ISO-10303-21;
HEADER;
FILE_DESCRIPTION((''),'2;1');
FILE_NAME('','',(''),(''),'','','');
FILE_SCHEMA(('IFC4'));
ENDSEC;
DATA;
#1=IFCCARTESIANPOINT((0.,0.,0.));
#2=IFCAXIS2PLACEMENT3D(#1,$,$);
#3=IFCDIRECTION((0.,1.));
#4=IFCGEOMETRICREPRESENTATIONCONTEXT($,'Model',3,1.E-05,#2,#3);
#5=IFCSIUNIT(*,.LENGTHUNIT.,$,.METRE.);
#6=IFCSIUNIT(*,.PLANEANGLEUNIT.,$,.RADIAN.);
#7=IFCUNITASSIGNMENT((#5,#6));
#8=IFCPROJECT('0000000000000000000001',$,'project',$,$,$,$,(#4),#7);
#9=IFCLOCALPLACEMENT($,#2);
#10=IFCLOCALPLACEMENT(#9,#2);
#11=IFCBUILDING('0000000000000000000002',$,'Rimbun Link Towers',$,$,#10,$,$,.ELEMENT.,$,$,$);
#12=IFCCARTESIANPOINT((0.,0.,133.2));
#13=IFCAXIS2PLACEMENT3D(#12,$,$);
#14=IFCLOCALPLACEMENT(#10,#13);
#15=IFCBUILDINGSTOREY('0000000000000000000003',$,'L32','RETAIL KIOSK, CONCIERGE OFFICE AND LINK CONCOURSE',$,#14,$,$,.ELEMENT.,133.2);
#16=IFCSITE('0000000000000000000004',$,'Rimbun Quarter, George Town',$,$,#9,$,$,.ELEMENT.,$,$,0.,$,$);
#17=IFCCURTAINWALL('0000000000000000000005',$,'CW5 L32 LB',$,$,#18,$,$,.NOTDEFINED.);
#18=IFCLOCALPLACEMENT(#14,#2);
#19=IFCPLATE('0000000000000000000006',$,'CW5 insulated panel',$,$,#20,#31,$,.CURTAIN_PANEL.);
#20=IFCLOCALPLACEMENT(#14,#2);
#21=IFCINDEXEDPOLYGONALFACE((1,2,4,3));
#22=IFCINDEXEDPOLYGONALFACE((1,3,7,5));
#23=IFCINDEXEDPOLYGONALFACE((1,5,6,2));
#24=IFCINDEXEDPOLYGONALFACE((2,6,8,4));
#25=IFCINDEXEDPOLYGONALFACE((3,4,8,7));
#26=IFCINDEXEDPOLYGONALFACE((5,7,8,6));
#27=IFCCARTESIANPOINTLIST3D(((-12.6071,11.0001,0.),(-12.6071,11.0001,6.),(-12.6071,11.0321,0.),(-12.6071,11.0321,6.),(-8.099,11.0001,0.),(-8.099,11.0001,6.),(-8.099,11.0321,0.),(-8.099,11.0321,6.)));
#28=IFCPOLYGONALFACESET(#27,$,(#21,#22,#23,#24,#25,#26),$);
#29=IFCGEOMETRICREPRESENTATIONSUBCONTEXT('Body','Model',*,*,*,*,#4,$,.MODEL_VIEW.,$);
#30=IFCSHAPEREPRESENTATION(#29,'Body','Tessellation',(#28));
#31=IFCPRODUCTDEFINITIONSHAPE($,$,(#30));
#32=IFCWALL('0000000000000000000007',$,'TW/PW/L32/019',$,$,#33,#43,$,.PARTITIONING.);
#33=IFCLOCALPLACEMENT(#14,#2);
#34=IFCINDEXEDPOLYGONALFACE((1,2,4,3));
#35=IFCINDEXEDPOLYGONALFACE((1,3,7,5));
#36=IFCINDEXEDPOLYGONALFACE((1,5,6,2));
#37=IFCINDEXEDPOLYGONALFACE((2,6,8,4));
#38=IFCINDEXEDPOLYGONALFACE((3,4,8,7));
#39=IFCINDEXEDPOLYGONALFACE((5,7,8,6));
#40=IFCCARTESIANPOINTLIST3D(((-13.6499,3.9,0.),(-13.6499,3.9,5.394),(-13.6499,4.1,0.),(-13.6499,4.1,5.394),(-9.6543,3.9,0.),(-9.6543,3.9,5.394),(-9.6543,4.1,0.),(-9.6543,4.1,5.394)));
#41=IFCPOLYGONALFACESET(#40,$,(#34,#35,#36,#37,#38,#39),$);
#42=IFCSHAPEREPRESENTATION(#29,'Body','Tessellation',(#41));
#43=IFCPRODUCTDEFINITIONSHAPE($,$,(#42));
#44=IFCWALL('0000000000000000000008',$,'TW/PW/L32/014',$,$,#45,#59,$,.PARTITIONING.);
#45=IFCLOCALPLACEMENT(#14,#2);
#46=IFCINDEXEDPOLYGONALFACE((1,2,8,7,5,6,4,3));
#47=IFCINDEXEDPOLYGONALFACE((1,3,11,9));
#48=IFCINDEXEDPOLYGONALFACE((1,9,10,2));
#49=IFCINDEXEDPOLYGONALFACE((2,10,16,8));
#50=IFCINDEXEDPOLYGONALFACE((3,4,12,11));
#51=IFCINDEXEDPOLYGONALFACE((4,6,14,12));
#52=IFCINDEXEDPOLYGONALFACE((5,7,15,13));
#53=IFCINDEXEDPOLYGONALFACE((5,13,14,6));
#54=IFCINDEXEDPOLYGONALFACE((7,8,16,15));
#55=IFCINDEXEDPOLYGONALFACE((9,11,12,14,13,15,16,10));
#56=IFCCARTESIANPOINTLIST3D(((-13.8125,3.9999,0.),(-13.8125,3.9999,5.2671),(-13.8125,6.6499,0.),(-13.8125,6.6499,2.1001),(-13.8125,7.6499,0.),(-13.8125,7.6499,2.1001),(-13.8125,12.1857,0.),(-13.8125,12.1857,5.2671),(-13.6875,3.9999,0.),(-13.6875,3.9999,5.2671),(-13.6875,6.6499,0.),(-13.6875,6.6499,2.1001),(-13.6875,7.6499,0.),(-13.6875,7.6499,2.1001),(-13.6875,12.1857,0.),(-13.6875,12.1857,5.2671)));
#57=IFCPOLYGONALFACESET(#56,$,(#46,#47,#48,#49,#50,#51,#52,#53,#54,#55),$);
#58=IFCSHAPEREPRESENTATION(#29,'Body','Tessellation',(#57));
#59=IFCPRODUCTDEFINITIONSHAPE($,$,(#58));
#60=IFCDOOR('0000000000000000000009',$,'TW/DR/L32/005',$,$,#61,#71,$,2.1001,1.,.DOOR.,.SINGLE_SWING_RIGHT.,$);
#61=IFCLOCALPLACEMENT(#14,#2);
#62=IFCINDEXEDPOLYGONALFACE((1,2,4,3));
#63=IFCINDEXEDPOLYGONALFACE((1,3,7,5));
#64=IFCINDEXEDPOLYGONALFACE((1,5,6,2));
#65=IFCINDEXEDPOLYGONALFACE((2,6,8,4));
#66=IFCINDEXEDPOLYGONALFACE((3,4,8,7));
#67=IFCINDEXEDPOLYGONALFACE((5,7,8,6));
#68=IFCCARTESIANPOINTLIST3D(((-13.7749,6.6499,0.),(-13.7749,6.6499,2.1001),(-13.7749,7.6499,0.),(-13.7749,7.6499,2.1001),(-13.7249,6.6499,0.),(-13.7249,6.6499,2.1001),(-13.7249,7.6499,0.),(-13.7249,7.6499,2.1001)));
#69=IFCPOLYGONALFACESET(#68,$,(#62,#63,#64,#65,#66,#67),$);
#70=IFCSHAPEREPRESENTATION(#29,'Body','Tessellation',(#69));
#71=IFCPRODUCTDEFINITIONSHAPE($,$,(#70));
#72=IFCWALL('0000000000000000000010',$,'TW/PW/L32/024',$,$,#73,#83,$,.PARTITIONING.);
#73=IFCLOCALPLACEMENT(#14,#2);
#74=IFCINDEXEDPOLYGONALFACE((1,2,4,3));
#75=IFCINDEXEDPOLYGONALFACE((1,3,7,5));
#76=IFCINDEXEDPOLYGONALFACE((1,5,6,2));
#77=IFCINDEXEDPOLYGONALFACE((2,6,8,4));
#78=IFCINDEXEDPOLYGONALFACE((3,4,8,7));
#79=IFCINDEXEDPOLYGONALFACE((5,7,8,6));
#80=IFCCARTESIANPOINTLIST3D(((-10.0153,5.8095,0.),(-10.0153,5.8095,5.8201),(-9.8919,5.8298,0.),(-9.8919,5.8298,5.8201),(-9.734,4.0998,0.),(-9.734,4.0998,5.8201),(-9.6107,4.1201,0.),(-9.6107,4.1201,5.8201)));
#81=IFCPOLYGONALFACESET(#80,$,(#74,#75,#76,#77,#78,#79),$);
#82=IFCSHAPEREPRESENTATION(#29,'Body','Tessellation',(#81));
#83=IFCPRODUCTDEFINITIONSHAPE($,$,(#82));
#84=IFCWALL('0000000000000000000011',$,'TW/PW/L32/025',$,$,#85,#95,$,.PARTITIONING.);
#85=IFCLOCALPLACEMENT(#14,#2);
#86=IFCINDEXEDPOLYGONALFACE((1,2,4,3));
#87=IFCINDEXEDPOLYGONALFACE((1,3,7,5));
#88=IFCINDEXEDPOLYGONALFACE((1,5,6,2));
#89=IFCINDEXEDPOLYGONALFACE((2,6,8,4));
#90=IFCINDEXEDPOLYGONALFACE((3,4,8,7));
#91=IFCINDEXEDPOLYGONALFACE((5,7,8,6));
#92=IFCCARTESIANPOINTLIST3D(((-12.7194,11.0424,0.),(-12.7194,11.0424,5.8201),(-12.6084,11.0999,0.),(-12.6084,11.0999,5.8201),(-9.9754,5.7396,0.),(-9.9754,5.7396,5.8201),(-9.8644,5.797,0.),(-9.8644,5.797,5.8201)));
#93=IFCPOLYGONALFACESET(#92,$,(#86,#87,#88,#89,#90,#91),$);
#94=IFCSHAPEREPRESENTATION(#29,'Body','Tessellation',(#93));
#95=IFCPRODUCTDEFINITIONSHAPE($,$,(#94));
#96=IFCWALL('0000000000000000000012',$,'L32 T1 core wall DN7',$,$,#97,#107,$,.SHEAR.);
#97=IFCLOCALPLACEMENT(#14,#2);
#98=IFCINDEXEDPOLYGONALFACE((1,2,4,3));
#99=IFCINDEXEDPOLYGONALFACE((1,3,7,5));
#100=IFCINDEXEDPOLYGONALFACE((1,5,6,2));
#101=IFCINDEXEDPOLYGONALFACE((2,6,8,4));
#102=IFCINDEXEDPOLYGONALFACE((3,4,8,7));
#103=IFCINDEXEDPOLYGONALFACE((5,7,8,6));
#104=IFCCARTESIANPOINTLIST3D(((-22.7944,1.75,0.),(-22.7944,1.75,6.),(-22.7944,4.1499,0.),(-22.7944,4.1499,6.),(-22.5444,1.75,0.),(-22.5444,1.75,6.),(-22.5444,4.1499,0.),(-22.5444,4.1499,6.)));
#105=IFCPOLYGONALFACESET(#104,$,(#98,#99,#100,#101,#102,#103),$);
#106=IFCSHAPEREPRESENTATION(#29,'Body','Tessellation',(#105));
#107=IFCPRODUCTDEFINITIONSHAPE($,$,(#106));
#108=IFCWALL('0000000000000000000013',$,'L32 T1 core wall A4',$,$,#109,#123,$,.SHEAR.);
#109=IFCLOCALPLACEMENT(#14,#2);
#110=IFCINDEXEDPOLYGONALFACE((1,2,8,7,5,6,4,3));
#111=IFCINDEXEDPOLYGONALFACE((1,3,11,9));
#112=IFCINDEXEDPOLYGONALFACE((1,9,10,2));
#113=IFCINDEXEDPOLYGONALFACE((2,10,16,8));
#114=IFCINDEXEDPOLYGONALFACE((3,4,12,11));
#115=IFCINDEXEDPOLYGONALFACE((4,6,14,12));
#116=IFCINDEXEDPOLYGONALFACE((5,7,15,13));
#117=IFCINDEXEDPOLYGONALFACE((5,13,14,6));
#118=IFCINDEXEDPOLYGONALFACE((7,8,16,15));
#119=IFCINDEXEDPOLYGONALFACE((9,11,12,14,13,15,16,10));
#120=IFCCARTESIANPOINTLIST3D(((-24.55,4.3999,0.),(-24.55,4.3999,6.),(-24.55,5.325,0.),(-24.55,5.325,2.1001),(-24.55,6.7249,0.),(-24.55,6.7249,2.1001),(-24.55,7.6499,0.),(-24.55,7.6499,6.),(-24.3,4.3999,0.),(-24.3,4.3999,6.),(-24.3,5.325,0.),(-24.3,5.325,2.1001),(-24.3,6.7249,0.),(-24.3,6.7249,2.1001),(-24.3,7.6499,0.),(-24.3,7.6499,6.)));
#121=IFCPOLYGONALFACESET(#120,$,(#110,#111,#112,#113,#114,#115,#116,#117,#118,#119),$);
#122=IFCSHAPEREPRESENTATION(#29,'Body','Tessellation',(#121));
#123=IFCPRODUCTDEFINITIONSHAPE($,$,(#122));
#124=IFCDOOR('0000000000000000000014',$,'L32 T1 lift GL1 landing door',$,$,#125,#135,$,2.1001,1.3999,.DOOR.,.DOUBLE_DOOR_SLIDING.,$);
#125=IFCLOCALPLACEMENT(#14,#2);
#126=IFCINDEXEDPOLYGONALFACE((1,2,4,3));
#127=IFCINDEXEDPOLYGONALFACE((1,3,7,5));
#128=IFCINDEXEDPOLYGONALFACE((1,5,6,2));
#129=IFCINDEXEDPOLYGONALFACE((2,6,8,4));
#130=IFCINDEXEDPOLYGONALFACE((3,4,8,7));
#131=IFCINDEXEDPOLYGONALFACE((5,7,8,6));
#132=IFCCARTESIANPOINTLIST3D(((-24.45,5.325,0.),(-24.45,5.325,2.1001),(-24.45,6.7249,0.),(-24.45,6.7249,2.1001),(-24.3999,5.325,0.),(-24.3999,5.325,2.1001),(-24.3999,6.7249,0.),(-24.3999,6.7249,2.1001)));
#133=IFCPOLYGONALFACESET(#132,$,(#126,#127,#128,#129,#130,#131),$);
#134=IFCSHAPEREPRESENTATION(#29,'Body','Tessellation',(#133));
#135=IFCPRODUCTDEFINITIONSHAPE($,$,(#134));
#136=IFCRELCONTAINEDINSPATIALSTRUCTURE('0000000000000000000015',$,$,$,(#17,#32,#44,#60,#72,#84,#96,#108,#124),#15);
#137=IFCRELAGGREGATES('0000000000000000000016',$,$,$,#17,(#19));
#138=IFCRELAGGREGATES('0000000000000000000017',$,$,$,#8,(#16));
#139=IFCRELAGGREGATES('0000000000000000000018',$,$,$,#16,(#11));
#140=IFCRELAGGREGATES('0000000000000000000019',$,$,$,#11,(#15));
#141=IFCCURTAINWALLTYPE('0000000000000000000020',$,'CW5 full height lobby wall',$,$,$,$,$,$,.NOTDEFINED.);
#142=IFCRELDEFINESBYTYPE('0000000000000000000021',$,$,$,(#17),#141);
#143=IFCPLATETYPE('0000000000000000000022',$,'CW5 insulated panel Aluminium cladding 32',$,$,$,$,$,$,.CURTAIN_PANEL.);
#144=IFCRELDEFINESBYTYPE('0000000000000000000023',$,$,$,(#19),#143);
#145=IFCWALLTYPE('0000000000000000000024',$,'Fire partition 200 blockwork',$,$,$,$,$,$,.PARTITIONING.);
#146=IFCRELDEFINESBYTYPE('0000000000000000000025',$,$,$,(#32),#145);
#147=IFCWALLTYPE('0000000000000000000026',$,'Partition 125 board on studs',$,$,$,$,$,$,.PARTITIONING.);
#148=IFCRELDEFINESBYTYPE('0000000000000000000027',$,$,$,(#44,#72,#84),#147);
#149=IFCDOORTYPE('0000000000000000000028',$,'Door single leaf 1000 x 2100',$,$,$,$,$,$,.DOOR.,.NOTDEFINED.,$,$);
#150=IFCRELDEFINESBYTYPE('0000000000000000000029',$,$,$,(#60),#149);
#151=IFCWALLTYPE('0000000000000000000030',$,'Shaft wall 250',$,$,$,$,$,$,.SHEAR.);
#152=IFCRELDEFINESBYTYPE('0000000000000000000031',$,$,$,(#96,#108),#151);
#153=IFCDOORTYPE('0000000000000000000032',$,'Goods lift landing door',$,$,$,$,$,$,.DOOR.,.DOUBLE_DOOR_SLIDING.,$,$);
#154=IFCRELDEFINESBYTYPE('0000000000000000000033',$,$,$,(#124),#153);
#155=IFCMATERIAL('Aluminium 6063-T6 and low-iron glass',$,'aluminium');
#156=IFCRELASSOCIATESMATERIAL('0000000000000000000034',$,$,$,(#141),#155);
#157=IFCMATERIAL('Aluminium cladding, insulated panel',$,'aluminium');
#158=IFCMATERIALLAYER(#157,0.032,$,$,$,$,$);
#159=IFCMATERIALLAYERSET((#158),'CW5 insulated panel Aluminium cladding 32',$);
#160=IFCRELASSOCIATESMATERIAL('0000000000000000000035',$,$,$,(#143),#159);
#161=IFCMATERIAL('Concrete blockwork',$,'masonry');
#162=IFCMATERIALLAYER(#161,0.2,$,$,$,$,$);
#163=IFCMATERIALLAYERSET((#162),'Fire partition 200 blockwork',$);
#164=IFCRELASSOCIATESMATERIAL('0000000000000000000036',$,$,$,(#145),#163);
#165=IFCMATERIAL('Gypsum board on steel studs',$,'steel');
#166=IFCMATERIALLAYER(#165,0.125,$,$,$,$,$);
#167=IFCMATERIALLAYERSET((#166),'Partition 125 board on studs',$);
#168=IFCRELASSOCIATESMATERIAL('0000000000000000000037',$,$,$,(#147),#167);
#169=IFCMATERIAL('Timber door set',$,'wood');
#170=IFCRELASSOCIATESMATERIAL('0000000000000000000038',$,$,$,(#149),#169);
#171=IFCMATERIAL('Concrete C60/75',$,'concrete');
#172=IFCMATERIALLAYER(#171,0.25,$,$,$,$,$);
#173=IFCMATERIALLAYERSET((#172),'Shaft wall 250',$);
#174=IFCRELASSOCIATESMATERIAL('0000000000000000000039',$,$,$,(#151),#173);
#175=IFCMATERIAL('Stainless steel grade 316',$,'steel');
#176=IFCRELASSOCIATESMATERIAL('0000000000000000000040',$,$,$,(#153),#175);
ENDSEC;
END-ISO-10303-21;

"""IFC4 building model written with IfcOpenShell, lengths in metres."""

from ifc_helpers import new_model, si_unit, direction, frame, frame_2d, origin, origin_2d, place, context, subcontext, project, spatial, rectangle, extrude, material, layer, layer_set, type_object, element, fill, aggregate, save


model = new_model("IFC4")

# Units and contexts
model_context = context("Model", 3, precision=1e-05, world=origin(), true_north=direction((0.0, 1.0)))
body_context = subcontext(model_context, "Body", "Model", "MODEL_VIEW")
ifc_project = project(units=[si_unit("LENGTHUNIT", "METRE"), si_unit("PLANEANGLEUNIT", "RADIAN")], contexts=[model_context])

# Site, building, storey
site_placement = place(None, origin())
site = spatial("IfcSite", under=ifc_project, at=site_placement, Name="Rimbun Quarter, George Town", CompositionType="ELEMENT", RefElevation=0.0)
building_placement = place(site_placement, origin())
building = spatial("IfcBuilding", under=site, at=building_placement, Name="Rimbun Link Towers", CompositionType="ELEMENT")
storey_placement = place(building_placement, frame((0.0, 0.0, 133.2)))
storey = spatial("IfcBuildingStorey", under=building, at=storey_placement, Name="L32", Description="RETAIL KIOSK, CONCIERGE OFFICE AND LINK CONCOURSE", CompositionType="ELEMENT", Elevation=133.2)

# Curtain wall
ifc_material_1 = material(Name="Aluminium 6063-T6 and low-iron glass", Category="aluminium")
curtain_wall_type = type_object("IfcCurtainWallType", Name="CW5 full height lobby wall", PredefinedType="NOTDEFINED", material=ifc_material_1)
curtain_wall_placement = place(storey_placement, origin())
curtain_wall = element("IfcCurtainWall", 1, at=curtain_wall_placement, inside=storey, type_object=curtain_wall_type, Name="CW5 L32 LB", PredefinedType="NOTDEFINED")

# Plate
ifc_material_2 = material(Name="Aluminium cladding, insulated panel", Category="aluminium")
ifc_layer_1 = layer(ifc_material_2, 0.032)
ifc_layer_set_1 = layer_set([ifc_layer_1], Name="CW5 insulated panel Aluminium cladding 32")
plate_type = type_object("IfcPlateType", Name="CW5 insulated panel Aluminium cladding 32", PredefinedType="CURTAIN_PANEL", material=ifc_layer_set_1)
plate_placement = place(storey_placement, frame((-10.353, 11.0161, 0.0), z_axis=(0.0, 0.0, 1.0), x_axis=(1.0, 0.0, 0.0)))
plate = element("IfcPlate", 2, at=plate_placement, type_object=plate_type, Name="CW5 insulated panel", PredefinedType="CURTAIN_PANEL", context=body_context, shape_type="SweptSolid", body=[
    extrude(rectangle(XDim=4.5081, YDim=0.032, at=origin_2d()), origin(), (0.0, 0.0, 1.0), 6.0),
])
aggregate(curtain_wall, [plate])

# Wall
ifc_material_3 = material(Name="Concrete blockwork", Category="masonry")
ifc_layer_2 = layer(ifc_material_3, 0.2)
ifc_layer_set_2 = layer_set([ifc_layer_2], Name="Fire partition 200 blockwork")
wall_type_1 = type_object("IfcWallType", Name="Fire partition 200 blockwork", PredefinedType="PARTITIONING", material=ifc_layer_set_2)
wall_1_placement = place(storey_placement, frame((-9.6543, 4.0, 0.0), z_axis=(0.0, 0.0, 1.0), x_axis=(-1.0, 0.0, 0.0)))
element("IfcWall", 3, at=wall_1_placement, inside=storey, type_object=wall_type_1, Name="TW/PW/L32/019", PredefinedType="PARTITIONING", context=body_context, shape_type="SweptSolid", body=[
    extrude(rectangle(XDim=3.9956, YDim=0.2, at=frame_2d((1.9978, 0.0))), origin(), (0.0, 0.0, 1.0), 5.394),
])

# Wall, opening, door
ifc_material_4 = material(Name="Gypsum board on steel studs", Category="steel")
ifc_layer_3 = layer(ifc_material_4, 0.125)
ifc_layer_set_3 = layer_set([ifc_layer_3], Name="Partition 125 board on studs")
wall_type_2 = type_object("IfcWallType", Name="Partition 125 board on studs", PredefinedType="PARTITIONING", material=ifc_layer_set_3)
wall_2_placement = place(storey_placement, frame((-13.75, 4.0, 0.0), z_axis=(0.0, 0.0, 1.0), x_axis=(0.0, 1.0, 0.0)))
wall_2 = element("IfcWall", 4, at=wall_2_placement, inside=storey, type_object=wall_type_2, Name="TW/PW/L32/014", PredefinedType="PARTITIONING", context=body_context, shape_type="SweptSolid", body=[
    extrude(rectangle(XDim=8.1858, YDim=0.125, at=frame_2d((4.0928, 0.0))), origin(), (0.0, 0.0, 1.0), 5.2671),
])
opening_1_placement = place(wall_2_placement, frame((2.6499, 0.0, 0.0)))
opening_1 = element("IfcOpeningElement", 5, at=opening_1_placement, cuts=wall_2, PredefinedType="OPENING", context=body_context, shape_type="SweptSolid", body=[
    extrude(rectangle(XDim=1.0, YDim=2.1001, at=frame_2d((0.5, 1.05))), frame((0.0, 0.0725, 0.0), z_axis=(0.0, -1.0, 0.0), x_axis=(1.0, 0.0, 0.0)), (0.0, 0.0, 1.0), 0.145),
])
ifc_material_5 = material(Name="Timber door set", Category="wood")
door_type_1 = type_object("IfcDoorType", Name="Door single leaf 1000 x 2100", OperationType="NOTDEFINED", PredefinedType="DOOR", material=ifc_material_5)
door_1_placement = place(opening_1_placement, origin())
door_1 = element("IfcDoor", 6, at=door_1_placement, inside=storey, type_object=door_type_1, Name="TW/DR/L32/005", OperationType="SINGLE_SWING_RIGHT", OverallHeight=2.1001, OverallWidth=1.0, PredefinedType="DOOR", context=body_context, shape_type="SweptSolid", body=[
    extrude(rectangle(XDim=1.0, YDim=2.1001, at=frame_2d((0.5, 1.05))), frame((0.0, 0.0249, 0.0), z_axis=(0.0, -1.0, 0.0), x_axis=(1.0, 0.0, 0.0)), (0.0, 0.0, 1.0), 0.05),
])
fill(opening_1, door_1)

# Walls
wall_3_placement = place(storey_placement, frame((-9.6724, 4.1101, 0.0), z_axis=(0.0, 0.0, 1.0), x_axis=(-0.162319, 0.986738, 0.0)))
element("IfcWall", 7, at=wall_3_placement, inside=storey, type_object=wall_type_2, Name="TW/PW/L32/024", PredefinedType="PARTITIONING", context=body_context, shape_type="SweptSolid", body=[
    extrude(rectangle(XDim=1.7327, YDim=0.125, at=frame_2d((0.8662, 0.0))), origin(), (0.0, 0.0, 1.0), 5.8201),
])
wall_4_placement = place(storey_placement, frame((-9.9199, 5.7683, 0.0), z_axis=(0.0, 0.0, 1.0), x_axis=(-0.459569, 0.888142, 0.0)))
element("IfcWall", 8, at=wall_4_placement, inside=storey, type_object=wall_type_2, Name="TW/PW/L32/025", PredefinedType="PARTITIONING", context=body_context, shape_type="SweptSolid", body=[
    extrude(rectangle(XDim=5.9707, YDim=0.125, at=frame_2d((2.9854, 0.0))), origin(), (0.0, 0.0, 1.0), 5.8201),
])
ifc_material_6 = material(Name="Concrete C60/75", Category="concrete")
ifc_layer_4 = layer(ifc_material_6, 0.25)
ifc_layer_set_4 = layer_set([ifc_layer_4], Name="Shaft wall 250")
wall_type_3 = type_object("IfcWallType", Name="Shaft wall 250", PredefinedType="SHEAR", material=ifc_layer_set_4)
wall_5_placement = place(storey_placement, frame((-22.6694, 1.75, 0.0), z_axis=(0.0, 0.0, 1.0), x_axis=(0.0, 1.0, 0.0)))
element("IfcWall", 9, at=wall_5_placement, inside=storey, type_object=wall_type_3, Name="L32 T1 core wall DN7", PredefinedType="SHEAR", context=body_context, shape_type="SweptSolid", body=[
    extrude(rectangle(XDim=2.3999, YDim=0.25, at=frame_2d((1.2, 0.0))), origin(), (0.0, 0.0, 1.0), 6.0),
])

# Wall, opening, door
wall_6_placement = place(storey_placement, frame((-24.425, 4.3999, 0.0), z_axis=(0.0, 0.0, 1.0), x_axis=(0.0, 1.0, 0.0)))
wall_6 = element("IfcWall", 10, at=wall_6_placement, inside=storey, type_object=wall_type_3, Name="L32 T1 core wall A4", PredefinedType="SHEAR", context=body_context, shape_type="SweptSolid", body=[
    extrude(rectangle(XDim=3.25, YDim=0.25, at=frame_2d((1.625, 0.0))), origin(), (0.0, 0.0, 1.0), 6.0),
])
opening_2_placement = place(wall_6_placement, frame((0.925, 0.0, 0.0)))
opening_2 = element("IfcOpeningElement", 11, at=opening_2_placement, cuts=wall_6, PredefinedType="OPENING", context=body_context, shape_type="SweptSolid", body=[
    extrude(rectangle(XDim=1.3999, YDim=2.1001, at=frame_2d((0.7, 1.05))), frame((0.0, 0.135, 0.0), z_axis=(0.0, -1.0, 0.0), x_axis=(1.0, 0.0, 0.0)), (0.0, 0.0, 1.0), 0.27),
])
ifc_material_7 = material(Name="Stainless steel grade 316", Category="steel")
door_type_2 = type_object("IfcDoorType", Name="Goods lift landing door", OperationType="DOUBLE_DOOR_SLIDING", PredefinedType="DOOR", material=ifc_material_7)
door_2_placement = place(opening_2_placement, origin())
door_2 = element("IfcDoor", 12, at=door_2_placement, inside=storey, type_object=door_type_2, Name="L32 T1 lift GL1 landing door", OperationType="DOUBLE_DOOR_SLIDING", OverallHeight=2.1001, OverallWidth=1.3999, PredefinedType="DOOR", context=body_context, shape_type="SweptSolid", body=[
    extrude(rectangle(XDim=1.3999, YDim=2.1001, at=frame_2d((0.7, 1.05))), frame((0.0, 0.0249, 0.0), z_axis=(0.0, -1.0, 0.0), x_axis=(1.0, 0.0, 0.0)), (0.0, 0.0, 1.0), 0.05),
])
fill(opening_2, door_2)

save(model, "model.ifc")
